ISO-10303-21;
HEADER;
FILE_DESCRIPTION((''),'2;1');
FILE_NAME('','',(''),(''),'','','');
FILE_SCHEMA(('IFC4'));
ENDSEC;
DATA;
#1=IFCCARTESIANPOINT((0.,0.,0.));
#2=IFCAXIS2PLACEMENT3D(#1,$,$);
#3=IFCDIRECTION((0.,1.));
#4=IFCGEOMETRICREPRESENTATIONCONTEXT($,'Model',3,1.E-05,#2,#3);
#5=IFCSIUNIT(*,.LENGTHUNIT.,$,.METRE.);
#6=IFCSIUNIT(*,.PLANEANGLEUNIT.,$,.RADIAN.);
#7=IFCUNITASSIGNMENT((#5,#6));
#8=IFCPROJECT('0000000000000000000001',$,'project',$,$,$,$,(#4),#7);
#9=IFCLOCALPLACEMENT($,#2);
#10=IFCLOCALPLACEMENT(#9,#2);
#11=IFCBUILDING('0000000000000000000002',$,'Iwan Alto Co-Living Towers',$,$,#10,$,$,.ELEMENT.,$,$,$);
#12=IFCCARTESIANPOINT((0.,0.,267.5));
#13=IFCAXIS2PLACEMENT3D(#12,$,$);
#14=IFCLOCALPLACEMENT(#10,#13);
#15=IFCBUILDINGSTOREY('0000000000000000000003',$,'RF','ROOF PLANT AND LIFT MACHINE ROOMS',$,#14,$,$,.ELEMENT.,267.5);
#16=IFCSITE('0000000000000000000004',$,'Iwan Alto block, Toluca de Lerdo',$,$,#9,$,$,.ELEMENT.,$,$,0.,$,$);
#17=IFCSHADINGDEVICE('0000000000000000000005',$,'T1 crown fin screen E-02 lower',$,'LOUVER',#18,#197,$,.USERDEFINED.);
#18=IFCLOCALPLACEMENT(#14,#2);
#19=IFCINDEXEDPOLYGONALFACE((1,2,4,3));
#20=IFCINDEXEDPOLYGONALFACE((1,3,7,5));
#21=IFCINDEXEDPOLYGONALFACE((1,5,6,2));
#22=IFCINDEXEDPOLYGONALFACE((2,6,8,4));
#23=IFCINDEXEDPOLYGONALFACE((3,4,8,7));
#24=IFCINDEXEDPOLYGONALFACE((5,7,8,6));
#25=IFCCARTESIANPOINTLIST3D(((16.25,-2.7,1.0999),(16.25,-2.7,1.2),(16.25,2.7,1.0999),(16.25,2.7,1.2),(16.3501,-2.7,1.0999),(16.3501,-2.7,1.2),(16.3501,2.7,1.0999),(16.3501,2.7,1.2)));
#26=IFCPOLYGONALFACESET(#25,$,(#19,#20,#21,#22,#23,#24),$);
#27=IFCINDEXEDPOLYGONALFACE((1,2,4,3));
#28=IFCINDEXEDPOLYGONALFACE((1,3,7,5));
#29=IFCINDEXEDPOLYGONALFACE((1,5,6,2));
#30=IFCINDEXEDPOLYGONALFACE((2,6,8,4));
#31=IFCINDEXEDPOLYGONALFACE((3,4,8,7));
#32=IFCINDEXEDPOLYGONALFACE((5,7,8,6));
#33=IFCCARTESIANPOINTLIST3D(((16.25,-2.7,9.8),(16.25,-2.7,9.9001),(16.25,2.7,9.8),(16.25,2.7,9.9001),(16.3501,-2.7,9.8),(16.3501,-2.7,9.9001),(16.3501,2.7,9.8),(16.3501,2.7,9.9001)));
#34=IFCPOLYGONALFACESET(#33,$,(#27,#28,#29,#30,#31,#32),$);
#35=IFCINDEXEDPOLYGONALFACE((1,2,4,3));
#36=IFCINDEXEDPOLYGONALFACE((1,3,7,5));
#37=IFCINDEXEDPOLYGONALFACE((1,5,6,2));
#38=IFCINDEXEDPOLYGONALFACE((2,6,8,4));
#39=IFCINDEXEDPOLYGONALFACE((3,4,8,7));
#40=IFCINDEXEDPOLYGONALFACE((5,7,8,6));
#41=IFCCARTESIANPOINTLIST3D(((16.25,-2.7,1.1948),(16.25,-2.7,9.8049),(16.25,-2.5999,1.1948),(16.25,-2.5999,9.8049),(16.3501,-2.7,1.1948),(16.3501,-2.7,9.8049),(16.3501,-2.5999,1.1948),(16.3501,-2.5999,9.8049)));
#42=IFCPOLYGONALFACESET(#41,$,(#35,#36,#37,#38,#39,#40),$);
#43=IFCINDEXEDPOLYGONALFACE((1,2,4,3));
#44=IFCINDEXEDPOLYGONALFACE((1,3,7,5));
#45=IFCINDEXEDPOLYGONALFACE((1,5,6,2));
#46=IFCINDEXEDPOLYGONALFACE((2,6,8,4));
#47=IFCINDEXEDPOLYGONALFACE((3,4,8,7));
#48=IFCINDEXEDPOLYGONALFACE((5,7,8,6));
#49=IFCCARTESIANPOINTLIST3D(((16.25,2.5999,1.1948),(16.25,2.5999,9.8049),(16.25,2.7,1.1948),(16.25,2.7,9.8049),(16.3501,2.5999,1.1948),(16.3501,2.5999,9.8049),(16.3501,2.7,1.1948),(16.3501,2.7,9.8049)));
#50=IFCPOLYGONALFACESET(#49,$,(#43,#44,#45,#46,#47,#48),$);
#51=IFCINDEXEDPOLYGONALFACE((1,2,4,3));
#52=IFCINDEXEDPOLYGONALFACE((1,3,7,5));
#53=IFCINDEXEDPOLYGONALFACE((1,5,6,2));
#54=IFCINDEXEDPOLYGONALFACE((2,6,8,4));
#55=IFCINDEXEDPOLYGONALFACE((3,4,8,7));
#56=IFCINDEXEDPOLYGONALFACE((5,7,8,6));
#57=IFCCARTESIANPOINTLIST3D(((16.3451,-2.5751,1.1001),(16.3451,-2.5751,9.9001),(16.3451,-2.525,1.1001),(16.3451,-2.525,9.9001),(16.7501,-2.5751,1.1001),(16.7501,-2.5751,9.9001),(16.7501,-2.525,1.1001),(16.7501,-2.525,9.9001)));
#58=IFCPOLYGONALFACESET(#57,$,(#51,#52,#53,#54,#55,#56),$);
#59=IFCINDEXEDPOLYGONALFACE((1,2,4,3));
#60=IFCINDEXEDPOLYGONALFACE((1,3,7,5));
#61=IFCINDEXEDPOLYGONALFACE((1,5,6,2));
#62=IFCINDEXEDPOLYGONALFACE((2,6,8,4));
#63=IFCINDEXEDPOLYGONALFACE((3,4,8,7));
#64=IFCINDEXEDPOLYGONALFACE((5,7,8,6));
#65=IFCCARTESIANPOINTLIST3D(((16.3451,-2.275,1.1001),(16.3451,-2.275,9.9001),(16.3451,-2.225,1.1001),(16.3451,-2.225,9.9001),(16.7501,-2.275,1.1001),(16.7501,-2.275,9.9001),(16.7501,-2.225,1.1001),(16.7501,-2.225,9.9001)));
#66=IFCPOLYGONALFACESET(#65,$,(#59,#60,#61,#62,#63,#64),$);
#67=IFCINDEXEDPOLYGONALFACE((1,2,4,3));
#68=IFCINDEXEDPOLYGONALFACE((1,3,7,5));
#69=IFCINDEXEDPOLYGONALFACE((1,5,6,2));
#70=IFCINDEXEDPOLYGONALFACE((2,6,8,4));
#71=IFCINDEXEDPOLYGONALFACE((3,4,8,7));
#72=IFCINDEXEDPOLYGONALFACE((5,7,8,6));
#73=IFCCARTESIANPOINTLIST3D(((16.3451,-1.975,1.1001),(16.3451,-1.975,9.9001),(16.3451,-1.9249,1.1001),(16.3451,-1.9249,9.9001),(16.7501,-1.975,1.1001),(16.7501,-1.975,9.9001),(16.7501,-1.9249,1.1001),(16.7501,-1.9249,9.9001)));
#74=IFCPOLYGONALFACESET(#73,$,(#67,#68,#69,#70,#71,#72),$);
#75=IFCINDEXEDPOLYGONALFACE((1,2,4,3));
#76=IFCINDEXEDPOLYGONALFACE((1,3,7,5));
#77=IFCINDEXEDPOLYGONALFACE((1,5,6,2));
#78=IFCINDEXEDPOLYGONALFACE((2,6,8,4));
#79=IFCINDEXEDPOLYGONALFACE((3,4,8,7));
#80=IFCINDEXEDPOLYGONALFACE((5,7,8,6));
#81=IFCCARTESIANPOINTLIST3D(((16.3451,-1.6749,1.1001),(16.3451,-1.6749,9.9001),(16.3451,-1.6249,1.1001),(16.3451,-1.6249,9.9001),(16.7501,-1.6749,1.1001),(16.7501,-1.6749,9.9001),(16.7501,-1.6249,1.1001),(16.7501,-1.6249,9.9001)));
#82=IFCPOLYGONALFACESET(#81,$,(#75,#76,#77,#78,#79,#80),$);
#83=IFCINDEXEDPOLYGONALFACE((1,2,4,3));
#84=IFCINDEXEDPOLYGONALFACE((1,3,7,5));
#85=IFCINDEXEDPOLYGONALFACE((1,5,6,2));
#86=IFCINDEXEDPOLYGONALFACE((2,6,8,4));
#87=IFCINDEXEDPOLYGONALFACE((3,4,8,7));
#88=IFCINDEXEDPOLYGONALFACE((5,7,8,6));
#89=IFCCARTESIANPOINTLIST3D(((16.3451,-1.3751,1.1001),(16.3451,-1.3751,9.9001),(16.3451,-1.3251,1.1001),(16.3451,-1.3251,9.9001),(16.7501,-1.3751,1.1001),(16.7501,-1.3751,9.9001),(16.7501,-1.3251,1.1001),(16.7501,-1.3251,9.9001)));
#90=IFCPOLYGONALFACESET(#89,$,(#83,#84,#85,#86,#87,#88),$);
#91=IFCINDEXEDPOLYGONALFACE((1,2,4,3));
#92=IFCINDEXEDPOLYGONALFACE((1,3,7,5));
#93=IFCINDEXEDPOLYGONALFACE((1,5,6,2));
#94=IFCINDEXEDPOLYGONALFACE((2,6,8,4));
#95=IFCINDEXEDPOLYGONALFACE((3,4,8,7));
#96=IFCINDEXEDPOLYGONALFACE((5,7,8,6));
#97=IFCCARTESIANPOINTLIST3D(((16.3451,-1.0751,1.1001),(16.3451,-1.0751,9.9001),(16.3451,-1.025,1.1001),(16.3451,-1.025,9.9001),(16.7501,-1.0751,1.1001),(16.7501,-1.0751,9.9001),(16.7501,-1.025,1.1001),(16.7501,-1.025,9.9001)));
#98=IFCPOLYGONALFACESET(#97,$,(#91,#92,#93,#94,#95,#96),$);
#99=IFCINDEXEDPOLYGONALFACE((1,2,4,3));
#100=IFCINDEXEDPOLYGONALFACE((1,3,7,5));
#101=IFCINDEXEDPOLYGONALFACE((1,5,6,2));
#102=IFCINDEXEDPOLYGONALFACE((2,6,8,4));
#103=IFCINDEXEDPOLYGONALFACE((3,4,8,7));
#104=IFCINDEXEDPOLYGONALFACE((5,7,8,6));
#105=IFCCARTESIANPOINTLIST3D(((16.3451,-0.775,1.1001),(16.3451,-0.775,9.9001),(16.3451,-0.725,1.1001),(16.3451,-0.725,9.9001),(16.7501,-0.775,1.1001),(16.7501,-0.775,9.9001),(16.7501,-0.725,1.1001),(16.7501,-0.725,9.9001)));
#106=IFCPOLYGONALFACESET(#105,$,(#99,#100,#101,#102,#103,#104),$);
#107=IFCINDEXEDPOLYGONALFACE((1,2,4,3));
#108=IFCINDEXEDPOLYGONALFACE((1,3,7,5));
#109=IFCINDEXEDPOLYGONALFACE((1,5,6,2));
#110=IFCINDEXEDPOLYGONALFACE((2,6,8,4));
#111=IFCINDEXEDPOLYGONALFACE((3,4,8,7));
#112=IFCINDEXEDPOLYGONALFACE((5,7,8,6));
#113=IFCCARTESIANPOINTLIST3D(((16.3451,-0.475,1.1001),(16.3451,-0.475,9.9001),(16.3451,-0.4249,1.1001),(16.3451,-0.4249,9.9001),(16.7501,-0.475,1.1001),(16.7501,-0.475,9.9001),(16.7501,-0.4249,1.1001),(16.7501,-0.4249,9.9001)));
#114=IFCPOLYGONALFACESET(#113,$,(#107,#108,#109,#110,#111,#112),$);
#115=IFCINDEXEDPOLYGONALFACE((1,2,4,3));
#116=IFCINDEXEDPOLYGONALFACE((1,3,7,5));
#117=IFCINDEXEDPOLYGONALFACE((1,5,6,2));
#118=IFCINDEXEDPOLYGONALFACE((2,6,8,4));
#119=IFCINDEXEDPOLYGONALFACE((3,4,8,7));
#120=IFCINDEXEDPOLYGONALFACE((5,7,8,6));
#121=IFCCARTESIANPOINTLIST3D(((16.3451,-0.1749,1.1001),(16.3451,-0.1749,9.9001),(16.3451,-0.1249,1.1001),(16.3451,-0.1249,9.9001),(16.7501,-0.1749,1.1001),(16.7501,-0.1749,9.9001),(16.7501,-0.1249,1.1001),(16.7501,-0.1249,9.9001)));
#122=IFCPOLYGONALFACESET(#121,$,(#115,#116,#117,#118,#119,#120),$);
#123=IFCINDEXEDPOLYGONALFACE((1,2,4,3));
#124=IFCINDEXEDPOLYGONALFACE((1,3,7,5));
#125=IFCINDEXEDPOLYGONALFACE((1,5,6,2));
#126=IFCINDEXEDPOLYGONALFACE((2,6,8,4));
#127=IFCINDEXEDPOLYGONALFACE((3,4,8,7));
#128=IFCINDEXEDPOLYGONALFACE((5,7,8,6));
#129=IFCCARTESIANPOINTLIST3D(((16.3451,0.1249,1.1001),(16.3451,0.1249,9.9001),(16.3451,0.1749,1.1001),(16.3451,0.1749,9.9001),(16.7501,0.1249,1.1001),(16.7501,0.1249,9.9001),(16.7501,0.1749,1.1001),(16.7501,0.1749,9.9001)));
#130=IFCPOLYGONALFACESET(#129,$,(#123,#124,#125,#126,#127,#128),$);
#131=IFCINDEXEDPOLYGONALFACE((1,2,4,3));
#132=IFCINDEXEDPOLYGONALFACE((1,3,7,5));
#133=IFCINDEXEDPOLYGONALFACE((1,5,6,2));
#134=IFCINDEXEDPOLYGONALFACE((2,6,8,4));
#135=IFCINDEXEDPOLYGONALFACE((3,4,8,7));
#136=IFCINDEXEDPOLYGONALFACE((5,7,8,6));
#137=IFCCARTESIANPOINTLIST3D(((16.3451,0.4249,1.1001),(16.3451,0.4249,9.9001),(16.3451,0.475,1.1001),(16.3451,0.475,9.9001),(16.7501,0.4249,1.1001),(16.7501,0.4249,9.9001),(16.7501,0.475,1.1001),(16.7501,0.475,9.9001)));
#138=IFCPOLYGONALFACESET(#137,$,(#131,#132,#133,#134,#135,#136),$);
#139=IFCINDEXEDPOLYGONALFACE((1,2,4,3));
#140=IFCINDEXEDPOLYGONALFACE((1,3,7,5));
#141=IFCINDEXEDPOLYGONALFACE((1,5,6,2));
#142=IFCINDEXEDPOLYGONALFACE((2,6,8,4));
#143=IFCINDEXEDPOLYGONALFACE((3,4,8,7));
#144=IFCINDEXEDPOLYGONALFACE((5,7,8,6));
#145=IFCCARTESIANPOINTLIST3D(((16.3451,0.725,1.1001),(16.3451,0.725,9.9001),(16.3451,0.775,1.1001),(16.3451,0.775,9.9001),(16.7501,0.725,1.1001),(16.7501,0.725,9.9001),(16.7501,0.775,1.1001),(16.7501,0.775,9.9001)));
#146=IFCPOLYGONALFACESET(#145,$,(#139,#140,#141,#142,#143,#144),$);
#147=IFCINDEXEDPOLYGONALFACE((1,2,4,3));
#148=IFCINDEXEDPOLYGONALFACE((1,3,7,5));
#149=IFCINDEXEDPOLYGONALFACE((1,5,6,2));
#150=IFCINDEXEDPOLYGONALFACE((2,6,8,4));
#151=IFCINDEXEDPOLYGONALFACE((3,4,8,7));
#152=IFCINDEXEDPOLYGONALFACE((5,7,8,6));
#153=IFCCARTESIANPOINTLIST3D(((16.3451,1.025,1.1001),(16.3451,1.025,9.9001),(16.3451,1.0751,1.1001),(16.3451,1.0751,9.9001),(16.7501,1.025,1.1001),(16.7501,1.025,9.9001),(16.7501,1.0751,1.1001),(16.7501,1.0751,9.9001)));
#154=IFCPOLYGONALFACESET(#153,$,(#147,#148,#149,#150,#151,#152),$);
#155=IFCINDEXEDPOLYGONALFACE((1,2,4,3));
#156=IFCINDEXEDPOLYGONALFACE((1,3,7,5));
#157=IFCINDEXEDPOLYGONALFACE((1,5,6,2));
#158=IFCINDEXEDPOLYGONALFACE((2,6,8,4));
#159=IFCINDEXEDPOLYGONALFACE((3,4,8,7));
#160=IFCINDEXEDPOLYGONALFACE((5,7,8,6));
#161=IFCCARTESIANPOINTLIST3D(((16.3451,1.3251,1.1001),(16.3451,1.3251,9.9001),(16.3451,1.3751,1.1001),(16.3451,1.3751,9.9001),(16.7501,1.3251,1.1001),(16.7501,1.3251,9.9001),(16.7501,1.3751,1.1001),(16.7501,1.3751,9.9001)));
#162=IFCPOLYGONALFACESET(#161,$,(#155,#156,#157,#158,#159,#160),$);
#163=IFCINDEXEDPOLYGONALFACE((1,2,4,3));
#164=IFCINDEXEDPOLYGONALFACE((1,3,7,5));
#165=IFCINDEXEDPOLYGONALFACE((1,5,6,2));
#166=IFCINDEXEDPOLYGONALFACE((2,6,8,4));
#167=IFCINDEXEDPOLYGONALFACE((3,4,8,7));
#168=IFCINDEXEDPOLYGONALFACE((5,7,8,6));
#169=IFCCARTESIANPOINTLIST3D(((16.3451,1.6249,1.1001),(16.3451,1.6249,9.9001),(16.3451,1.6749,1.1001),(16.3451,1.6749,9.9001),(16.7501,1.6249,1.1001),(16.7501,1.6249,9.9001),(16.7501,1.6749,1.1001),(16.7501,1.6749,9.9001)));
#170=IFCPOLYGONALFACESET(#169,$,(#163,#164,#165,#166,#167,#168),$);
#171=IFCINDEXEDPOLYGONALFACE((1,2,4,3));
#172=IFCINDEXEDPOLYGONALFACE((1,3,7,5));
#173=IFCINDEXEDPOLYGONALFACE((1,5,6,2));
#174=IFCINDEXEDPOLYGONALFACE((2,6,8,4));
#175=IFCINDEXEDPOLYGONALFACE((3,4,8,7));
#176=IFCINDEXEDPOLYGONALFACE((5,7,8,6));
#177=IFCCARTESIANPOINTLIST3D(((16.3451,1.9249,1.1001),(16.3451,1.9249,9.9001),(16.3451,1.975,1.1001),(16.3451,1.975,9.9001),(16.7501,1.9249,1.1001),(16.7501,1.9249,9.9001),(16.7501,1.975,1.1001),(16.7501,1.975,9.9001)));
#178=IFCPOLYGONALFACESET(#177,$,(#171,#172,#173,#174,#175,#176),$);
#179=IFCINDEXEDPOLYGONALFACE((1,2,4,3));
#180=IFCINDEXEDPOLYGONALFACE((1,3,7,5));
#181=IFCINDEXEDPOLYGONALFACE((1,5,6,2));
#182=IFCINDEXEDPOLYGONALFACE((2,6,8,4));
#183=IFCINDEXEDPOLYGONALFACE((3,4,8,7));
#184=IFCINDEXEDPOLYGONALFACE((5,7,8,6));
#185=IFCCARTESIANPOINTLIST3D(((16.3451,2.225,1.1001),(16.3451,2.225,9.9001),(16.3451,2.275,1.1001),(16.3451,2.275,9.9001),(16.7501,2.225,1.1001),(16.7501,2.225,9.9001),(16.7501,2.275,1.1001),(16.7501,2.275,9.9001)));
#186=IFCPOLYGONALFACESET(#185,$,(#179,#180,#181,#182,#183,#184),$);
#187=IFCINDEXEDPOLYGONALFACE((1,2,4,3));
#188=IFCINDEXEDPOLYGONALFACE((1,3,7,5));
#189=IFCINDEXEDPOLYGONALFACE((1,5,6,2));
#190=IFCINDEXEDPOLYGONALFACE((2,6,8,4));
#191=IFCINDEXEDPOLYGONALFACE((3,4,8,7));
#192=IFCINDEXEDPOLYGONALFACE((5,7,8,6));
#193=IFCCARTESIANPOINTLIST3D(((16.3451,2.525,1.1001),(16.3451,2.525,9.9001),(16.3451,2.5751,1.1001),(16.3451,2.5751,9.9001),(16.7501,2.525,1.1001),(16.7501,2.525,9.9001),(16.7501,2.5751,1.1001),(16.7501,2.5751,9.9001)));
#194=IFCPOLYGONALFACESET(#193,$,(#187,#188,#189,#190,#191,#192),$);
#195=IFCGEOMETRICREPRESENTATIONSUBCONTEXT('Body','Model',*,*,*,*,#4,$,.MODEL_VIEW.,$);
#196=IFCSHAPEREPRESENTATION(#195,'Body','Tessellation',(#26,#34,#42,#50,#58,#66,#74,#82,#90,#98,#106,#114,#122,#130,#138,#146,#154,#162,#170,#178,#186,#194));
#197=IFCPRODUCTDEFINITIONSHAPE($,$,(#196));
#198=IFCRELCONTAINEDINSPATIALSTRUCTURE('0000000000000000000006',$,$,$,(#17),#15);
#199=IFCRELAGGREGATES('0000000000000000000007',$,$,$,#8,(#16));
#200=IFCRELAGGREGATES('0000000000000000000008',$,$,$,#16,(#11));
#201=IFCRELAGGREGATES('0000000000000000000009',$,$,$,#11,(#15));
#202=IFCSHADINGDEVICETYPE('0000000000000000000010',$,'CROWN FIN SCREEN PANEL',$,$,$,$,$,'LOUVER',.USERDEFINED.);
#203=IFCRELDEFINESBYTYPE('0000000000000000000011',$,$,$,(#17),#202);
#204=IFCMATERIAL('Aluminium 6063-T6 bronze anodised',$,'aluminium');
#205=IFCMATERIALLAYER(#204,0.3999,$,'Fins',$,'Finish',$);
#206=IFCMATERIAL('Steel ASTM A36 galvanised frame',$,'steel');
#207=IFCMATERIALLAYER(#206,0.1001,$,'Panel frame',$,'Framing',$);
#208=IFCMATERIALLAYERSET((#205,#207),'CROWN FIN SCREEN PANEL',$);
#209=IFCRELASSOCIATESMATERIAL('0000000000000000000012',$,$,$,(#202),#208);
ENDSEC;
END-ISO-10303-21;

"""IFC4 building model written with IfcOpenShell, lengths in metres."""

from ifc_helpers import new_model, si_unit, direction, frame, origin, origin_2d, place, context, subcontext, project, spatial, rectangle, extrude, material, layer, layer_set, type_object, element, save


model = new_model("IFC4")

# Units and contexts
model_context = context("Model", 3, precision=1e-05, world=origin(), true_north=direction((0.0, 1.0)))
body_context = subcontext(model_context, "Body", "Model", "MODEL_VIEW")
ifc_project = project(units=[si_unit("LENGTHUNIT", "METRE"), si_unit("PLANEANGLEUNIT", "RADIAN")], contexts=[model_context])

# Site, building, storey
site_placement = place(None, origin())
site = spatial("IfcSite", under=ifc_project, at=site_placement, Name="Iwan Alto block, Toluca de Lerdo", CompositionType="ELEMENT", RefElevation=0.0)
building_placement = place(site_placement, origin())
building = spatial("IfcBuilding", under=site, at=building_placement, Name="Iwan Alto Co-Living Towers", CompositionType="ELEMENT")
storey_placement = place(building_placement, frame((0.0, 0.0, 267.5)))
storey = spatial("IfcBuildingStorey", under=building, at=storey_placement, Name="RF", Description="ROOF PLANT AND LIFT MACHINE ROOMS", CompositionType="ELEMENT", Elevation=267.5)

# Shading device
ifc_material_1 = material(Name="Aluminium 6063-T6 bronze anodised", Category="aluminium")
ifc_layer_1 = layer(ifc_material_1, 0.3999, Name="Fins", Category="Finish")
ifc_material_2 = material(Name="Steel ASTM A36 galvanised frame", Category="steel")
ifc_layer_2 = layer(ifc_material_2, 0.1001, Name="Panel frame", Category="Framing")
ifc_layer_set = layer_set([ifc_layer_1, ifc_layer_2], Name="CROWN FIN SCREEN PANEL")
shading_device_type = type_object("IfcShadingDeviceType", Name="CROWN FIN SCREEN PANEL", ElementType="LOUVER", PredefinedType="USERDEFINED", material=ifc_layer_set)
shading_device_1_placement = place(storey_placement, frame((0.0, 0.0, -267.5)))
element("IfcShadingDevice", 1, at=shading_device_1_placement, inside=storey, type_object=shading_device_type, Name="T1 crown fin screen E-02 lower", ObjectType="LOUVER", PredefinedType="USERDEFINED", context=body_context, shape_type="SweptSolid", body=[
    extrude(rectangle(XDim=5.3999, YDim=0.1001, at=origin_2d()), frame((16.3, 0.0, 268.5999), z_axis=(0.0, 0.0, 1.0), x_axis=(0.0, 1.0, 0.0)), (0.0, 0.0, 1.0), 0.1001),
    extrude(rectangle(XDim=5.3999, YDim=0.1001, at=origin_2d()), frame((16.3, 0.0, 277.3), z_axis=(0.0, 0.0, 1.0), x_axis=(0.0, 1.0, 0.0)), (0.0, 0.0, 1.0), 0.1001),
    extrude(rectangle(XDim=0.1001, YDim=0.1001, at=origin_2d()), frame((16.3, -2.6499, 268.6948), z_axis=(0.0, 0.0, 1.0), x_axis=(0.0, 1.0, 0.0)), (0.0, 0.0, 1.0), 8.6101),
    extrude(rectangle(XDim=0.1001, YDim=0.1001, at=origin_2d()), frame((16.3, 2.6499, 268.6948), z_axis=(0.0, 0.0, 1.0), x_axis=(0.0, 1.0, 0.0)), (0.0, 0.0, 1.0), 8.6101),
    extrude(rectangle(XDim=0.05, YDim=0.405, at=origin_2d()), frame((16.5476, -2.55, 268.6001), z_axis=(0.0, 0.0, 1.0), x_axis=(0.0, 1.0, 0.0)), (0.0, 0.0, 1.0), 8.8),
    extrude(rectangle(XDim=0.05, YDim=0.405, at=origin_2d()), frame((16.5476, -2.25, 268.6001), z_axis=(0.0, 0.0, 1.0), x_axis=(0.0, 1.0, 0.0)), (0.0, 0.0, 1.0), 8.8),
    extrude(rectangle(XDim=0.05, YDim=0.405, at=origin_2d()), frame((16.5476, -1.95, 268.6001), z_axis=(0.0, 0.0, 1.0), x_axis=(0.0, 1.0, 0.0)), (0.0, 0.0, 1.0), 8.8),
    extrude(rectangle(XDim=0.05, YDim=0.405, at=origin_2d()), frame((16.5476, -1.6499, 268.6001), z_axis=(0.0, 0.0, 1.0), x_axis=(0.0, 1.0, 0.0)), (0.0, 0.0, 1.0), 8.8),
    extrude(rectangle(XDim=0.05, YDim=0.405, at=origin_2d()), frame((16.5476, -1.3501, 268.6001), z_axis=(0.0, 0.0, 1.0), x_axis=(0.0, 1.0, 0.0)), (0.0, 0.0, 1.0), 8.8),
    extrude(rectangle(XDim=0.05, YDim=0.405, at=origin_2d()), frame((16.5476, -1.05, 268.6001), z_axis=(0.0, 0.0, 1.0), x_axis=(0.0, 1.0, 0.0)), (0.0, 0.0, 1.0), 8.8),
    extrude(rectangle(XDim=0.05, YDim=0.405, at=origin_2d()), frame((16.5476, -0.75, 268.6001), z_axis=(0.0, 0.0, 1.0), x_axis=(0.0, 1.0, 0.0)), (0.0, 0.0, 1.0), 8.8),
    extrude(rectangle(XDim=0.05, YDim=0.405, at=origin_2d()), frame((16.5476, -0.45, 268.6001), z_axis=(0.0, 0.0, 1.0), x_axis=(0.0, 1.0, 0.0)), (0.0, 0.0, 1.0), 8.8),
    extrude(rectangle(XDim=0.05, YDim=0.405, at=origin_2d()), frame((16.5476, -0.1499, 268.6001), z_axis=(0.0, 0.0, 1.0), x_axis=(0.0, 1.0, 0.0)), (0.0, 0.0, 1.0), 8.8),
    extrude(rectangle(XDim=0.05, YDim=0.405, at=origin_2d()), frame((16.5476, 0.1499, 268.6001), z_axis=(0.0, 0.0, 1.0), x_axis=(0.0, 1.0, 0.0)), (0.0, 0.0, 1.0), 8.8),
    extrude(rectangle(XDim=0.05, YDim=0.405, at=origin_2d()), frame((16.5476, 0.45, 268.6001), z_axis=(0.0, 0.0, 1.0), x_axis=(0.0, 1.0, 0.0)), (0.0, 0.0, 1.0), 8.8),
    extrude(rectangle(XDim=0.05, YDim=0.405, at=origin_2d()), frame((16.5476, 0.75, 268.6001), z_axis=(0.0, 0.0, 1.0), x_axis=(0.0, 1.0, 0.0)), (0.0, 0.0, 1.0), 8.8),
    extrude(rectangle(XDim=0.05, YDim=0.405, at=origin_2d()), frame((16.5476, 1.05, 268.6001), z_axis=(0.0, 0.0, 1.0), x_axis=(0.0, 1.0, 0.0)), (0.0, 0.0, 1.0), 8.8),
    extrude(rectangle(XDim=0.05, YDim=0.405, at=origin_2d()), frame((16.5476, 1.3501, 268.6001), z_axis=(0.0, 0.0, 1.0), x_axis=(0.0, 1.0, 0.0)), (0.0, 0.0, 1.0), 8.8),
    extrude(rectangle(XDim=0.05, YDim=0.405, at=origin_2d()), frame((16.5476, 1.6499, 268.6001), z_axis=(0.0, 0.0, 1.0), x_axis=(0.0, 1.0, 0.0)), (0.0, 0.0, 1.0), 8.8),
    extrude(rectangle(XDim=0.05, YDim=0.405, at=origin_2d()), frame((16.5476, 1.95, 268.6001), z_axis=(0.0, 0.0, 1.0), x_axis=(0.0, 1.0, 0.0)), (0.0, 0.0, 1.0), 8.8),
    extrude(rectangle(XDim=0.05, YDim=0.405, at=origin_2d()), frame((16.5476, 2.25, 268.6001), z_axis=(0.0, 0.0, 1.0), x_axis=(0.0, 1.0, 0.0)), (0.0, 0.0, 1.0), 8.8),
    extrude(rectangle(XDim=0.05, YDim=0.405, at=origin_2d()), frame((16.5476, 2.55, 268.6001), z_axis=(0.0, 0.0, 1.0), x_axis=(0.0, 1.0, 0.0)), (0.0, 0.0, 1.0), 8.8),
])

save(model, "model.ifc")
